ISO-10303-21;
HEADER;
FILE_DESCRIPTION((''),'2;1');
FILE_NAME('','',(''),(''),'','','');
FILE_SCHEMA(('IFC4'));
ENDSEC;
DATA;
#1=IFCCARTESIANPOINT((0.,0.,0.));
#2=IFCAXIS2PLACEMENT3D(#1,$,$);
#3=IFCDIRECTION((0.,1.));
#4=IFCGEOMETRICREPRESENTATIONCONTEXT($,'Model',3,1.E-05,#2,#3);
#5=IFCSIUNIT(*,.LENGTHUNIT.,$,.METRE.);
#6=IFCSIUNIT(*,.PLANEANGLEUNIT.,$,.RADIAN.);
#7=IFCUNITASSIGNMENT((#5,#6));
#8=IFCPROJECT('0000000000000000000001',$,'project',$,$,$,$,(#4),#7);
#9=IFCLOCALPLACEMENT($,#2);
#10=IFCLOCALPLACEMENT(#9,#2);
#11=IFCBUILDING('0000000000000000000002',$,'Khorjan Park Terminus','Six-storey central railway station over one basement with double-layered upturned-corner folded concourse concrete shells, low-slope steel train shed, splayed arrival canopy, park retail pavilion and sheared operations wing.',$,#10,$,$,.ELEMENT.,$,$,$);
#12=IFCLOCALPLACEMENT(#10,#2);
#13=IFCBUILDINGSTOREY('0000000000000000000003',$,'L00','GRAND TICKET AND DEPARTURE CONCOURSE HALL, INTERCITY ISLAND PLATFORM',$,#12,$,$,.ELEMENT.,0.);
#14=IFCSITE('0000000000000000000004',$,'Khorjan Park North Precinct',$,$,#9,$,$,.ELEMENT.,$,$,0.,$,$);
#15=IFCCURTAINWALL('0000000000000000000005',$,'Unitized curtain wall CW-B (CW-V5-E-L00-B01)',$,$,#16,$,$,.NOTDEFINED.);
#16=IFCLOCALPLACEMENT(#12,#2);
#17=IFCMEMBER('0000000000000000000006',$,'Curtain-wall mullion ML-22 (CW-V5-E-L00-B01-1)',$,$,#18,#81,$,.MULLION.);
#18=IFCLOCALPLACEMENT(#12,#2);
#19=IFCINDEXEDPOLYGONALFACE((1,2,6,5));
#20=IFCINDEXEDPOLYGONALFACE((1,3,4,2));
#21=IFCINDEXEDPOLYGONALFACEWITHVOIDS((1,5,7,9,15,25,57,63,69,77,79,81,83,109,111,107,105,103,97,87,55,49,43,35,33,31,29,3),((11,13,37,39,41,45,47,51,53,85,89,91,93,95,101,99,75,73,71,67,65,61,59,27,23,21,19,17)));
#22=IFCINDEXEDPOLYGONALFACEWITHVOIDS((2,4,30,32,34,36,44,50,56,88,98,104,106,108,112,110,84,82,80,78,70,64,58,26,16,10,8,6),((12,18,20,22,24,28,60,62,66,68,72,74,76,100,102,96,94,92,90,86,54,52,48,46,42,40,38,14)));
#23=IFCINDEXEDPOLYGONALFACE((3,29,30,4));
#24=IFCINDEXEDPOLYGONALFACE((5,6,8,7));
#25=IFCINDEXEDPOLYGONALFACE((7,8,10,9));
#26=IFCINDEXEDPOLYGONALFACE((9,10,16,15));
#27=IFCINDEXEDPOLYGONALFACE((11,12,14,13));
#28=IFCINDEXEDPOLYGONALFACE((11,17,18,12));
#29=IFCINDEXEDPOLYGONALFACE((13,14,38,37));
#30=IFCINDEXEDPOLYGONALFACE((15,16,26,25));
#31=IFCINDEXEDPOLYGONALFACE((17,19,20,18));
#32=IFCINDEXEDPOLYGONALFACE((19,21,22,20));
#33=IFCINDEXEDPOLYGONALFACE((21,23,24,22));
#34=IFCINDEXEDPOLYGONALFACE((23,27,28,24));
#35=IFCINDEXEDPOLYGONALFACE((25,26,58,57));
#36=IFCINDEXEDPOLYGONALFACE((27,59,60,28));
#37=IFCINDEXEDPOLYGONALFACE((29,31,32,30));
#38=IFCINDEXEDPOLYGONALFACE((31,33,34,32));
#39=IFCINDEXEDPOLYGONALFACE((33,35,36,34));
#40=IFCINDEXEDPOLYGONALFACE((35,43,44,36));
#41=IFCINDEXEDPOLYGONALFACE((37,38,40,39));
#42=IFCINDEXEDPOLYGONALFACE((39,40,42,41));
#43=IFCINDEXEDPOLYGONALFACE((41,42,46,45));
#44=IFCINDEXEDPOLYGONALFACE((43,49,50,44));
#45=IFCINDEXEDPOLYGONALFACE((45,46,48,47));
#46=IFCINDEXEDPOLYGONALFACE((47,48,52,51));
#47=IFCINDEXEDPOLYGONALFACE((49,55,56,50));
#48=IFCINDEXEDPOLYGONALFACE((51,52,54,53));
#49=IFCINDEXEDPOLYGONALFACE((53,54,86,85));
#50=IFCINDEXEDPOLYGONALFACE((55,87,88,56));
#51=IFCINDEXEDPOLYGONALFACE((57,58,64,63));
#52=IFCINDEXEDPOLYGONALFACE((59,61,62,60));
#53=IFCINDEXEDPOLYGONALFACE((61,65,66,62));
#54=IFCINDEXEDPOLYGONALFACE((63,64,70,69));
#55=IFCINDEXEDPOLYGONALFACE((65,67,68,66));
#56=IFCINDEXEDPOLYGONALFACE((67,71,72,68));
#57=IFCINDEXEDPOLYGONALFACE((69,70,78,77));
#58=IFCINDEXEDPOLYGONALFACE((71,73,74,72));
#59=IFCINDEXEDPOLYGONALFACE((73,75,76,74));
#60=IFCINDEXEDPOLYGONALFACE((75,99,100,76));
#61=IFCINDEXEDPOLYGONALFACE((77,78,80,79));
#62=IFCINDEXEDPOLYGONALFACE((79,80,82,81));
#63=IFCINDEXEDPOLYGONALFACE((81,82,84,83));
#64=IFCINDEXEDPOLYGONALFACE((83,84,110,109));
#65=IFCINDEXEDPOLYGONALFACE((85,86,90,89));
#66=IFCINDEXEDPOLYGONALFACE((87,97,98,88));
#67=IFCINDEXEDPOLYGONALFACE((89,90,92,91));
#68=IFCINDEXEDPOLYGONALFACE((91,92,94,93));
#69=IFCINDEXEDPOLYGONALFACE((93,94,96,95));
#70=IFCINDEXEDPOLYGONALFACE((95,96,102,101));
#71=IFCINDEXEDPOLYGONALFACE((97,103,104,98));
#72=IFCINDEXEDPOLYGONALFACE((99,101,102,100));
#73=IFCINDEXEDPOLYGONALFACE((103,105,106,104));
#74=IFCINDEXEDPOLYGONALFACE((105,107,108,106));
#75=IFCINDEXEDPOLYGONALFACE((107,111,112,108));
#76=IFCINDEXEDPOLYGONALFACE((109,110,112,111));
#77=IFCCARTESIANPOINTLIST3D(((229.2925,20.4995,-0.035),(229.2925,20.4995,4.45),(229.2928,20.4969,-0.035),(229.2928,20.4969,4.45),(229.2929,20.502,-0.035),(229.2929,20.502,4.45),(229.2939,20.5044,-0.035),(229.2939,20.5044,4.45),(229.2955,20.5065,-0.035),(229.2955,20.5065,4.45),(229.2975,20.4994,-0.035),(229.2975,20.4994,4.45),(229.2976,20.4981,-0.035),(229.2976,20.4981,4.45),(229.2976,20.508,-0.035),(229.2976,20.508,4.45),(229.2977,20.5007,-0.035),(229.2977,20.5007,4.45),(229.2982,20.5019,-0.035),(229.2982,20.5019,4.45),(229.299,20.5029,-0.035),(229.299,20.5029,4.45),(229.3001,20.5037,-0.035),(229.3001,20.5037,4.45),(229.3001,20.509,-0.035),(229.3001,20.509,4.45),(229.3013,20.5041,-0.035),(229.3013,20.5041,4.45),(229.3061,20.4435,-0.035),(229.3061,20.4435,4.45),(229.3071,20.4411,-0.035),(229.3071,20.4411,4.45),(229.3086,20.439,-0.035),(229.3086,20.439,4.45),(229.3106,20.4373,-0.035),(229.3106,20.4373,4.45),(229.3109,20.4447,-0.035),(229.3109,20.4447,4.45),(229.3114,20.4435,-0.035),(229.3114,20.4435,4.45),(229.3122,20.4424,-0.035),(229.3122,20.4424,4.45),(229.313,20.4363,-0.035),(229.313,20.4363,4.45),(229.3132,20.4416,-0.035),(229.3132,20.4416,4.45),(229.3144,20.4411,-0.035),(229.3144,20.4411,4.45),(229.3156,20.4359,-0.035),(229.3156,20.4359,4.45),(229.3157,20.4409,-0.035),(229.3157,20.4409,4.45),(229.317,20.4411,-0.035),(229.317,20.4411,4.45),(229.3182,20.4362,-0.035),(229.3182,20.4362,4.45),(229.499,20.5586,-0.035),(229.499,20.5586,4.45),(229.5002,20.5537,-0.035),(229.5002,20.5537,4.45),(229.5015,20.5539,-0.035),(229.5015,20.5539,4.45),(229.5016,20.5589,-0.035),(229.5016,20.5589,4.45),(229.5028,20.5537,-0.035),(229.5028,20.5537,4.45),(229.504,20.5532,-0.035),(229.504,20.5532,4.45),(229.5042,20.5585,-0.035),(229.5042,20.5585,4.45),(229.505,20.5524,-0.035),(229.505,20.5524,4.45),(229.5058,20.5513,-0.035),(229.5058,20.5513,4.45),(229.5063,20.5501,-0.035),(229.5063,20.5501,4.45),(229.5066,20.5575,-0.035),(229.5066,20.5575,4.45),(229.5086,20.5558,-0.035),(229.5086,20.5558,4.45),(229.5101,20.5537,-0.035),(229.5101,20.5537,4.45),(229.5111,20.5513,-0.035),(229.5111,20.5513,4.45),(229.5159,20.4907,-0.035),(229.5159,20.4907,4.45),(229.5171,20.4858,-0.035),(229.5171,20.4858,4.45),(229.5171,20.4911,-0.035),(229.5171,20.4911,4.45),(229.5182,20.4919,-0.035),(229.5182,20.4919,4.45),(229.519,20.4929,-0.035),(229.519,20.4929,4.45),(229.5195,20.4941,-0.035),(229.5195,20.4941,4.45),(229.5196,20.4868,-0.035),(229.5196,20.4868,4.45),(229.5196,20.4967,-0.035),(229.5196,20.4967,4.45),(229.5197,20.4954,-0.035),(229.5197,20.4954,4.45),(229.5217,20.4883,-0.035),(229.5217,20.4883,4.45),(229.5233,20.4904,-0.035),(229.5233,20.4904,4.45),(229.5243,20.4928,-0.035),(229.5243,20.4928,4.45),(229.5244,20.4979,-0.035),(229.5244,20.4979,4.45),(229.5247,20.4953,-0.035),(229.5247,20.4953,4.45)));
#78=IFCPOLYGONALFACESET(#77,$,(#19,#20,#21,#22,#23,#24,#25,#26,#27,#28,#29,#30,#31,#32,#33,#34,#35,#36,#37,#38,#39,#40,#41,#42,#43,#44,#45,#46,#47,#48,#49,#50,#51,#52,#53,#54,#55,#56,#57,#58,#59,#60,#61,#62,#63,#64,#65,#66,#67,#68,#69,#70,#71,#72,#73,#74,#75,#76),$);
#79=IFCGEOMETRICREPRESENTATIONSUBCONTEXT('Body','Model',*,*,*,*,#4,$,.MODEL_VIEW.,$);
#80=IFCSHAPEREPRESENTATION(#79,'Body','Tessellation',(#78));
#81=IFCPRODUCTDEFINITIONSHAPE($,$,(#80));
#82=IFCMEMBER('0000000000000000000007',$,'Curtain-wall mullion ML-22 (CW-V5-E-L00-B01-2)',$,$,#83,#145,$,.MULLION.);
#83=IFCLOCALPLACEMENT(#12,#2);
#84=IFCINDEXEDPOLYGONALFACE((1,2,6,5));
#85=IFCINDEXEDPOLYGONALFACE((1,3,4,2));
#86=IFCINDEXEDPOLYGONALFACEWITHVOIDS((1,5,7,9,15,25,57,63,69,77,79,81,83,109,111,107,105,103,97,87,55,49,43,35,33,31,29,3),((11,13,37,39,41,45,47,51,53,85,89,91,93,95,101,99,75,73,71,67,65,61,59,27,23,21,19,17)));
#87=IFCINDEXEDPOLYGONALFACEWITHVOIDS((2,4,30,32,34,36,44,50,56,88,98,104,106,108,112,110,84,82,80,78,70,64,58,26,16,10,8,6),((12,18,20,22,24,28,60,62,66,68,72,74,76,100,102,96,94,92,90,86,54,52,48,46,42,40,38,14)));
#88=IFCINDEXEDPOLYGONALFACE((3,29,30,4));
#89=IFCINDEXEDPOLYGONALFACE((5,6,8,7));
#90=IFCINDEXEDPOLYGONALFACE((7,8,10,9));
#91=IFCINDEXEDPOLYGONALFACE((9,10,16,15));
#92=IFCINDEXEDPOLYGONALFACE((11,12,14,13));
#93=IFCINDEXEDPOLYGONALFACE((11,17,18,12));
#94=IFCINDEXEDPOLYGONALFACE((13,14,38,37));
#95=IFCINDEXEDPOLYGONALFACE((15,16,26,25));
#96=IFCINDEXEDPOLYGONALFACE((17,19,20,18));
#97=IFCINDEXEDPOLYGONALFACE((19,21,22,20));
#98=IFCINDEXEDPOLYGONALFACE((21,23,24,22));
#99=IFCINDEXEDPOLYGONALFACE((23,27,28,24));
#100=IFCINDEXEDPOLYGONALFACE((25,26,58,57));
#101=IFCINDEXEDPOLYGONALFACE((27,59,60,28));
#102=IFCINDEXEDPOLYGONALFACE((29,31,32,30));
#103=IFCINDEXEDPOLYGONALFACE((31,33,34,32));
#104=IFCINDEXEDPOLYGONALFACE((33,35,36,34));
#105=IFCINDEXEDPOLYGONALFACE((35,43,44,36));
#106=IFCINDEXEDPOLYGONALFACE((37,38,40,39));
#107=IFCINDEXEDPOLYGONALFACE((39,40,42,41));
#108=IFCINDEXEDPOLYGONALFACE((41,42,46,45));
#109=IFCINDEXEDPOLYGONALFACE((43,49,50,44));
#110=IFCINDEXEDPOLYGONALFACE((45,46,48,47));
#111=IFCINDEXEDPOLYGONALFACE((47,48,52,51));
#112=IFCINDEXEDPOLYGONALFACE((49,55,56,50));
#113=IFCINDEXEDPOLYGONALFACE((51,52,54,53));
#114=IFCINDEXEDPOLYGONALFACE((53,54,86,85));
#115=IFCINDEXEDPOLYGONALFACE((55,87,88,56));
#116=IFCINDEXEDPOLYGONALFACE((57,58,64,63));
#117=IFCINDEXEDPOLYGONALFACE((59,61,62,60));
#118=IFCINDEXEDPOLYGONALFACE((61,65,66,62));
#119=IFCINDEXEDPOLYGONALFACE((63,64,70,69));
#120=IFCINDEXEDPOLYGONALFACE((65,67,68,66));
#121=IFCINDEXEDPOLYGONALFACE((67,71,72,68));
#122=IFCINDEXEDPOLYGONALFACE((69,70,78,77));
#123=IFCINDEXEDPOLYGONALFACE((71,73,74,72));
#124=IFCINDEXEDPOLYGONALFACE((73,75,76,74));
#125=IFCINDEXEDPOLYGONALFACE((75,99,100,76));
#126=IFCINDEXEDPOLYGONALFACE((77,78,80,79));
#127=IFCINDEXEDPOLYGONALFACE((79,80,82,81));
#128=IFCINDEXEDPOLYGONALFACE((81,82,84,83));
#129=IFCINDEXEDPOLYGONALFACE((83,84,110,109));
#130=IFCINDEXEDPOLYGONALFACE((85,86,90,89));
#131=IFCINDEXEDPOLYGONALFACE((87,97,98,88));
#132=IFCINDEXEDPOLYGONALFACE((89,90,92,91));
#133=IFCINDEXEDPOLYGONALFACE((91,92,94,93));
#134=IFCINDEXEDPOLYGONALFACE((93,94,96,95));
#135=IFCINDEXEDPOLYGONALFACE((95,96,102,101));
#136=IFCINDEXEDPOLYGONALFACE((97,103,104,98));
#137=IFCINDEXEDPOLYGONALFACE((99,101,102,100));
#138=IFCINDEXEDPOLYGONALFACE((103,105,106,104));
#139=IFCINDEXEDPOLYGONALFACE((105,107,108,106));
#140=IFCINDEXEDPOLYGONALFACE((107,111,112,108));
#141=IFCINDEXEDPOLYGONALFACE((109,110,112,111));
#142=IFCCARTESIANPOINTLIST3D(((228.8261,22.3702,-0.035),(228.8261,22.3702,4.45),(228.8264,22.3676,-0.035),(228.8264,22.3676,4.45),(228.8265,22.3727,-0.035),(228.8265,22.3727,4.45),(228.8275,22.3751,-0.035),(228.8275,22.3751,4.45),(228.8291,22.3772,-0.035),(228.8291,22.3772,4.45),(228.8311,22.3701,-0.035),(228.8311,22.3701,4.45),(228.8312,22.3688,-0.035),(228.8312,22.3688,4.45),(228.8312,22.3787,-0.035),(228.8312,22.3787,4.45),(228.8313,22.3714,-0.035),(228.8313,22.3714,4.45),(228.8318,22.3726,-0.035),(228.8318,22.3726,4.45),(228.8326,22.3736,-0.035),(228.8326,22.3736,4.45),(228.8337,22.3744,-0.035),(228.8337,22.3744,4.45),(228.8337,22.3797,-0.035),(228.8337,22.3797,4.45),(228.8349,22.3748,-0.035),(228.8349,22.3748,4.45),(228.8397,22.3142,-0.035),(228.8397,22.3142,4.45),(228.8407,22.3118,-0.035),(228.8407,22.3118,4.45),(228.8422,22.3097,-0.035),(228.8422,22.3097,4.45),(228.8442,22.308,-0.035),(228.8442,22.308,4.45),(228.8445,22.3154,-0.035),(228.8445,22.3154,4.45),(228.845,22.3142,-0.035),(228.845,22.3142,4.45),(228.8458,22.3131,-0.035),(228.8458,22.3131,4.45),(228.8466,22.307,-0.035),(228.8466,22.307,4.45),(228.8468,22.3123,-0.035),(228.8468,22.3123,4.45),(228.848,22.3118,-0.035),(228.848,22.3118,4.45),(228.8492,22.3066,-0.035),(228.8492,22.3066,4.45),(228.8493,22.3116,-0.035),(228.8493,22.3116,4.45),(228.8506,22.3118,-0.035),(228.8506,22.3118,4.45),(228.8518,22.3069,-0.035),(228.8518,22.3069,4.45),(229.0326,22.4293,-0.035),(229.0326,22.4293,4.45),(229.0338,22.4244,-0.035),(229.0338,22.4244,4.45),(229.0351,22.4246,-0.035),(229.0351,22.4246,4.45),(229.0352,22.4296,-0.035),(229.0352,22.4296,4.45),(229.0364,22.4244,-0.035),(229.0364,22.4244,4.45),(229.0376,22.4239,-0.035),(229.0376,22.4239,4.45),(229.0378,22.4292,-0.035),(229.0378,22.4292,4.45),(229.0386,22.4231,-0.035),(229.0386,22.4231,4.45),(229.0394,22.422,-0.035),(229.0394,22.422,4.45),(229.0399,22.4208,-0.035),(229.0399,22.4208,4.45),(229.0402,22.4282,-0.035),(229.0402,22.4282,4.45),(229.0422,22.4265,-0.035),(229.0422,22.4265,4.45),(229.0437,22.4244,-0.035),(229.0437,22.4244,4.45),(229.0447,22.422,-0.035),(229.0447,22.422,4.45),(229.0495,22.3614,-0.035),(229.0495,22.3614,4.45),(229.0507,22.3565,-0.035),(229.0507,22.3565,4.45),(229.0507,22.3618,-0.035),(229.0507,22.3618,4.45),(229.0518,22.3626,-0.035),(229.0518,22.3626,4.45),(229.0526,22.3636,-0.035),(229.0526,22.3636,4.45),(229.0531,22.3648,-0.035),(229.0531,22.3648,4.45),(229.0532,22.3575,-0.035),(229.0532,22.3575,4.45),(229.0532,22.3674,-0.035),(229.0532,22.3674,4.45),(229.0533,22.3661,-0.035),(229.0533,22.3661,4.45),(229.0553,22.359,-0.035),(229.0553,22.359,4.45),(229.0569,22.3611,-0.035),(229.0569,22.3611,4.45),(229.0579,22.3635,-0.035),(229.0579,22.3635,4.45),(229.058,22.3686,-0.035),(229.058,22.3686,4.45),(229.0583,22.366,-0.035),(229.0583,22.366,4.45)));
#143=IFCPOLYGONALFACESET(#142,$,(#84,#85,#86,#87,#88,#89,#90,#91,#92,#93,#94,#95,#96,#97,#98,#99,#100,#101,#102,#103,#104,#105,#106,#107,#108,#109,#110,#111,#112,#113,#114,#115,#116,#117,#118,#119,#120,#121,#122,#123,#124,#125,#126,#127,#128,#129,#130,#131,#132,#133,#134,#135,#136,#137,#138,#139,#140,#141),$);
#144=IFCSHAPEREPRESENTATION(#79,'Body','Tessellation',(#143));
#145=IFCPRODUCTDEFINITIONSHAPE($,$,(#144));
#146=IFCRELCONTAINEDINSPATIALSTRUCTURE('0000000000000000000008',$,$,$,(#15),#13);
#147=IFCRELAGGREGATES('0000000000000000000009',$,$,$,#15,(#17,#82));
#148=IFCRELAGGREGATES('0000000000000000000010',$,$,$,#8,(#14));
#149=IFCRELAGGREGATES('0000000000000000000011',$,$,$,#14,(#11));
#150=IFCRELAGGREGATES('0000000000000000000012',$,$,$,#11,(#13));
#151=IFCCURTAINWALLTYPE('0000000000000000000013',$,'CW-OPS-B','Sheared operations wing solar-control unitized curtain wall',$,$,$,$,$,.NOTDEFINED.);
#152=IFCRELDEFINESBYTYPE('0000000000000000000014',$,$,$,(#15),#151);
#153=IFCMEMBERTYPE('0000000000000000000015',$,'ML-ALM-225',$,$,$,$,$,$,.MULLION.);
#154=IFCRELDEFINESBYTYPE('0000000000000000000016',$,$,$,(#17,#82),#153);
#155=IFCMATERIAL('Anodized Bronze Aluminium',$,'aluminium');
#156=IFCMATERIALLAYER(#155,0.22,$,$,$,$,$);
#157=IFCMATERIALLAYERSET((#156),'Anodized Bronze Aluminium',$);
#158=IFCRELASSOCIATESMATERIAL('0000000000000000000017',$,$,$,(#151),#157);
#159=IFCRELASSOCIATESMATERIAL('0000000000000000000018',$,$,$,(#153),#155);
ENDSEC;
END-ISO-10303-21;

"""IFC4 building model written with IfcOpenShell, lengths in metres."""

from ifc_helpers import new_model, si_unit, direction, frame, origin, origin_2d, place, context, subcontext, project, spatial, hollow_rectangle, extrude, material, layer, layer_set, material_profile, profile_set, type_object, element, aggregate, save


model = new_model("IFC4")

# Units and contexts
model_context = context("Model", 3, precision=1e-05, world=origin(), true_north=direction((0.0, 1.0)))
body_context = subcontext(model_context, "Body", "Model", "MODEL_VIEW")
ifc_project = project(units=[si_unit("LENGTHUNIT", "METRE"), si_unit("PLANEANGLEUNIT", "RADIAN")], contexts=[model_context])

# Site, building, storey
site_placement = place(None, origin())
site = spatial("IfcSite", under=ifc_project, at=site_placement, Name="Khorjan Park North Precinct", CompositionType="ELEMENT", RefElevation=0.0)
building_placement = place(site_placement, origin())
building = spatial("IfcBuilding", under=site, at=building_placement, Name="Khorjan Park Terminus", Description="Six-storey central railway station over one basement with double-layered upturned-corner folded concourse concrete shells, low-slope steel train shed, splayed arrival canopy, park retail pavilion and sheared operations wing.", CompositionType="ELEMENT")
storey_placement = place(building_placement, origin())
storey = spatial("IfcBuildingStorey", under=building, at=storey_placement, Name="L00", Description="GRAND TICKET AND DEPARTURE CONCOURSE HALL, INTERCITY ISLAND PLATFORM", CompositionType="ELEMENT", Elevation=0.0)

# Curtain wall, members
ifc_material_1 = material(Name="Anodized Bronze Aluminium", Category="aluminium")
ifc_layer_1 = layer(ifc_material_1, 0.22)
ifc_layer_set_1 = layer_set([ifc_layer_1], Name="Anodized Bronze Aluminium")
curtain_wall_type = type_object("IfcCurtainWallType", Name="CW-OPS-B", Description="Sheared operations wing solar-control unitized curtain wall", PredefinedType="NOTDEFINED", material=ifc_layer_set_1)
curtain_wall_placement = place(storey_placement, origin())
curtain_wall = element("IfcCurtainWall", 1, at=curtain_wall_placement, inside=storey, type_object=curtain_wall_type, Name="Unitized curtain wall CW-B (CW-V5-E-L00-B01)", PredefinedType="NOTDEFINED")
ifc_material_profile_1 = material_profile(ifc_material_1, hollow_rectangle(XDim=0.075, YDim=0.225, WallThickness=0.005, InnerFilletRadius=0.005, OuterFilletRadius=0.01, at=origin_2d()), Name="ALM 75x225x5")
ifc_profile_set_1 = profile_set([ifc_material_profile_1], Name="Anodized Bronze Aluminium")
member_type_1 = type_object("IfcMemberType", Name="ML-ALM-225", PredefinedType="MULLION", material=ifc_profile_set_1)
member_1_placement = place(storey_placement, frame((229.4086, 20.4974, -0.035), z_axis=(0.0, 0.0, 1.0), x_axis=(-0.24192, 0.970296, 0.0)))
member_1 = element("IfcMember", 2, at=member_1_placement, type_object=member_type_1, Name="Curtain-wall mullion ML-22 (CW-V5-E-L00-B01-1)", PredefinedType="MULLION", context=body_context, shape_type="SweptSolid", body=[
    extrude(hollow_rectangle(XDim=0.075, YDim=0.225, WallThickness=0.005, InnerFilletRadius=0.005, OuterFilletRadius=0.01, at=origin_2d()), origin(), (0.0, 0.0, 1.0), 4.485),
])
member_2_placement = place(storey_placement, frame((228.9422, 22.3681, -0.035), z_axis=(0.0, 0.0, 1.0), x_axis=(-0.24192, 0.970296, 0.0)))
member_2 = element("IfcMember", 3, at=member_2_placement, type_object=member_type_1, Name="Curtain-wall mullion ML-22 (CW-V5-E-L00-B01-2)", PredefinedType="MULLION", context=body_context, shape_type="SweptSolid", body=[
    extrude(hollow_rectangle(XDim=0.075, YDim=0.225, WallThickness=0.005, InnerFilletRadius=0.005, OuterFilletRadius=0.01, at=origin_2d()), origin(), (0.0, 0.0, 1.0), 4.485),
])
aggregate(curtain_wall, [member_1, member_2])

save(model, "model.ifc")
